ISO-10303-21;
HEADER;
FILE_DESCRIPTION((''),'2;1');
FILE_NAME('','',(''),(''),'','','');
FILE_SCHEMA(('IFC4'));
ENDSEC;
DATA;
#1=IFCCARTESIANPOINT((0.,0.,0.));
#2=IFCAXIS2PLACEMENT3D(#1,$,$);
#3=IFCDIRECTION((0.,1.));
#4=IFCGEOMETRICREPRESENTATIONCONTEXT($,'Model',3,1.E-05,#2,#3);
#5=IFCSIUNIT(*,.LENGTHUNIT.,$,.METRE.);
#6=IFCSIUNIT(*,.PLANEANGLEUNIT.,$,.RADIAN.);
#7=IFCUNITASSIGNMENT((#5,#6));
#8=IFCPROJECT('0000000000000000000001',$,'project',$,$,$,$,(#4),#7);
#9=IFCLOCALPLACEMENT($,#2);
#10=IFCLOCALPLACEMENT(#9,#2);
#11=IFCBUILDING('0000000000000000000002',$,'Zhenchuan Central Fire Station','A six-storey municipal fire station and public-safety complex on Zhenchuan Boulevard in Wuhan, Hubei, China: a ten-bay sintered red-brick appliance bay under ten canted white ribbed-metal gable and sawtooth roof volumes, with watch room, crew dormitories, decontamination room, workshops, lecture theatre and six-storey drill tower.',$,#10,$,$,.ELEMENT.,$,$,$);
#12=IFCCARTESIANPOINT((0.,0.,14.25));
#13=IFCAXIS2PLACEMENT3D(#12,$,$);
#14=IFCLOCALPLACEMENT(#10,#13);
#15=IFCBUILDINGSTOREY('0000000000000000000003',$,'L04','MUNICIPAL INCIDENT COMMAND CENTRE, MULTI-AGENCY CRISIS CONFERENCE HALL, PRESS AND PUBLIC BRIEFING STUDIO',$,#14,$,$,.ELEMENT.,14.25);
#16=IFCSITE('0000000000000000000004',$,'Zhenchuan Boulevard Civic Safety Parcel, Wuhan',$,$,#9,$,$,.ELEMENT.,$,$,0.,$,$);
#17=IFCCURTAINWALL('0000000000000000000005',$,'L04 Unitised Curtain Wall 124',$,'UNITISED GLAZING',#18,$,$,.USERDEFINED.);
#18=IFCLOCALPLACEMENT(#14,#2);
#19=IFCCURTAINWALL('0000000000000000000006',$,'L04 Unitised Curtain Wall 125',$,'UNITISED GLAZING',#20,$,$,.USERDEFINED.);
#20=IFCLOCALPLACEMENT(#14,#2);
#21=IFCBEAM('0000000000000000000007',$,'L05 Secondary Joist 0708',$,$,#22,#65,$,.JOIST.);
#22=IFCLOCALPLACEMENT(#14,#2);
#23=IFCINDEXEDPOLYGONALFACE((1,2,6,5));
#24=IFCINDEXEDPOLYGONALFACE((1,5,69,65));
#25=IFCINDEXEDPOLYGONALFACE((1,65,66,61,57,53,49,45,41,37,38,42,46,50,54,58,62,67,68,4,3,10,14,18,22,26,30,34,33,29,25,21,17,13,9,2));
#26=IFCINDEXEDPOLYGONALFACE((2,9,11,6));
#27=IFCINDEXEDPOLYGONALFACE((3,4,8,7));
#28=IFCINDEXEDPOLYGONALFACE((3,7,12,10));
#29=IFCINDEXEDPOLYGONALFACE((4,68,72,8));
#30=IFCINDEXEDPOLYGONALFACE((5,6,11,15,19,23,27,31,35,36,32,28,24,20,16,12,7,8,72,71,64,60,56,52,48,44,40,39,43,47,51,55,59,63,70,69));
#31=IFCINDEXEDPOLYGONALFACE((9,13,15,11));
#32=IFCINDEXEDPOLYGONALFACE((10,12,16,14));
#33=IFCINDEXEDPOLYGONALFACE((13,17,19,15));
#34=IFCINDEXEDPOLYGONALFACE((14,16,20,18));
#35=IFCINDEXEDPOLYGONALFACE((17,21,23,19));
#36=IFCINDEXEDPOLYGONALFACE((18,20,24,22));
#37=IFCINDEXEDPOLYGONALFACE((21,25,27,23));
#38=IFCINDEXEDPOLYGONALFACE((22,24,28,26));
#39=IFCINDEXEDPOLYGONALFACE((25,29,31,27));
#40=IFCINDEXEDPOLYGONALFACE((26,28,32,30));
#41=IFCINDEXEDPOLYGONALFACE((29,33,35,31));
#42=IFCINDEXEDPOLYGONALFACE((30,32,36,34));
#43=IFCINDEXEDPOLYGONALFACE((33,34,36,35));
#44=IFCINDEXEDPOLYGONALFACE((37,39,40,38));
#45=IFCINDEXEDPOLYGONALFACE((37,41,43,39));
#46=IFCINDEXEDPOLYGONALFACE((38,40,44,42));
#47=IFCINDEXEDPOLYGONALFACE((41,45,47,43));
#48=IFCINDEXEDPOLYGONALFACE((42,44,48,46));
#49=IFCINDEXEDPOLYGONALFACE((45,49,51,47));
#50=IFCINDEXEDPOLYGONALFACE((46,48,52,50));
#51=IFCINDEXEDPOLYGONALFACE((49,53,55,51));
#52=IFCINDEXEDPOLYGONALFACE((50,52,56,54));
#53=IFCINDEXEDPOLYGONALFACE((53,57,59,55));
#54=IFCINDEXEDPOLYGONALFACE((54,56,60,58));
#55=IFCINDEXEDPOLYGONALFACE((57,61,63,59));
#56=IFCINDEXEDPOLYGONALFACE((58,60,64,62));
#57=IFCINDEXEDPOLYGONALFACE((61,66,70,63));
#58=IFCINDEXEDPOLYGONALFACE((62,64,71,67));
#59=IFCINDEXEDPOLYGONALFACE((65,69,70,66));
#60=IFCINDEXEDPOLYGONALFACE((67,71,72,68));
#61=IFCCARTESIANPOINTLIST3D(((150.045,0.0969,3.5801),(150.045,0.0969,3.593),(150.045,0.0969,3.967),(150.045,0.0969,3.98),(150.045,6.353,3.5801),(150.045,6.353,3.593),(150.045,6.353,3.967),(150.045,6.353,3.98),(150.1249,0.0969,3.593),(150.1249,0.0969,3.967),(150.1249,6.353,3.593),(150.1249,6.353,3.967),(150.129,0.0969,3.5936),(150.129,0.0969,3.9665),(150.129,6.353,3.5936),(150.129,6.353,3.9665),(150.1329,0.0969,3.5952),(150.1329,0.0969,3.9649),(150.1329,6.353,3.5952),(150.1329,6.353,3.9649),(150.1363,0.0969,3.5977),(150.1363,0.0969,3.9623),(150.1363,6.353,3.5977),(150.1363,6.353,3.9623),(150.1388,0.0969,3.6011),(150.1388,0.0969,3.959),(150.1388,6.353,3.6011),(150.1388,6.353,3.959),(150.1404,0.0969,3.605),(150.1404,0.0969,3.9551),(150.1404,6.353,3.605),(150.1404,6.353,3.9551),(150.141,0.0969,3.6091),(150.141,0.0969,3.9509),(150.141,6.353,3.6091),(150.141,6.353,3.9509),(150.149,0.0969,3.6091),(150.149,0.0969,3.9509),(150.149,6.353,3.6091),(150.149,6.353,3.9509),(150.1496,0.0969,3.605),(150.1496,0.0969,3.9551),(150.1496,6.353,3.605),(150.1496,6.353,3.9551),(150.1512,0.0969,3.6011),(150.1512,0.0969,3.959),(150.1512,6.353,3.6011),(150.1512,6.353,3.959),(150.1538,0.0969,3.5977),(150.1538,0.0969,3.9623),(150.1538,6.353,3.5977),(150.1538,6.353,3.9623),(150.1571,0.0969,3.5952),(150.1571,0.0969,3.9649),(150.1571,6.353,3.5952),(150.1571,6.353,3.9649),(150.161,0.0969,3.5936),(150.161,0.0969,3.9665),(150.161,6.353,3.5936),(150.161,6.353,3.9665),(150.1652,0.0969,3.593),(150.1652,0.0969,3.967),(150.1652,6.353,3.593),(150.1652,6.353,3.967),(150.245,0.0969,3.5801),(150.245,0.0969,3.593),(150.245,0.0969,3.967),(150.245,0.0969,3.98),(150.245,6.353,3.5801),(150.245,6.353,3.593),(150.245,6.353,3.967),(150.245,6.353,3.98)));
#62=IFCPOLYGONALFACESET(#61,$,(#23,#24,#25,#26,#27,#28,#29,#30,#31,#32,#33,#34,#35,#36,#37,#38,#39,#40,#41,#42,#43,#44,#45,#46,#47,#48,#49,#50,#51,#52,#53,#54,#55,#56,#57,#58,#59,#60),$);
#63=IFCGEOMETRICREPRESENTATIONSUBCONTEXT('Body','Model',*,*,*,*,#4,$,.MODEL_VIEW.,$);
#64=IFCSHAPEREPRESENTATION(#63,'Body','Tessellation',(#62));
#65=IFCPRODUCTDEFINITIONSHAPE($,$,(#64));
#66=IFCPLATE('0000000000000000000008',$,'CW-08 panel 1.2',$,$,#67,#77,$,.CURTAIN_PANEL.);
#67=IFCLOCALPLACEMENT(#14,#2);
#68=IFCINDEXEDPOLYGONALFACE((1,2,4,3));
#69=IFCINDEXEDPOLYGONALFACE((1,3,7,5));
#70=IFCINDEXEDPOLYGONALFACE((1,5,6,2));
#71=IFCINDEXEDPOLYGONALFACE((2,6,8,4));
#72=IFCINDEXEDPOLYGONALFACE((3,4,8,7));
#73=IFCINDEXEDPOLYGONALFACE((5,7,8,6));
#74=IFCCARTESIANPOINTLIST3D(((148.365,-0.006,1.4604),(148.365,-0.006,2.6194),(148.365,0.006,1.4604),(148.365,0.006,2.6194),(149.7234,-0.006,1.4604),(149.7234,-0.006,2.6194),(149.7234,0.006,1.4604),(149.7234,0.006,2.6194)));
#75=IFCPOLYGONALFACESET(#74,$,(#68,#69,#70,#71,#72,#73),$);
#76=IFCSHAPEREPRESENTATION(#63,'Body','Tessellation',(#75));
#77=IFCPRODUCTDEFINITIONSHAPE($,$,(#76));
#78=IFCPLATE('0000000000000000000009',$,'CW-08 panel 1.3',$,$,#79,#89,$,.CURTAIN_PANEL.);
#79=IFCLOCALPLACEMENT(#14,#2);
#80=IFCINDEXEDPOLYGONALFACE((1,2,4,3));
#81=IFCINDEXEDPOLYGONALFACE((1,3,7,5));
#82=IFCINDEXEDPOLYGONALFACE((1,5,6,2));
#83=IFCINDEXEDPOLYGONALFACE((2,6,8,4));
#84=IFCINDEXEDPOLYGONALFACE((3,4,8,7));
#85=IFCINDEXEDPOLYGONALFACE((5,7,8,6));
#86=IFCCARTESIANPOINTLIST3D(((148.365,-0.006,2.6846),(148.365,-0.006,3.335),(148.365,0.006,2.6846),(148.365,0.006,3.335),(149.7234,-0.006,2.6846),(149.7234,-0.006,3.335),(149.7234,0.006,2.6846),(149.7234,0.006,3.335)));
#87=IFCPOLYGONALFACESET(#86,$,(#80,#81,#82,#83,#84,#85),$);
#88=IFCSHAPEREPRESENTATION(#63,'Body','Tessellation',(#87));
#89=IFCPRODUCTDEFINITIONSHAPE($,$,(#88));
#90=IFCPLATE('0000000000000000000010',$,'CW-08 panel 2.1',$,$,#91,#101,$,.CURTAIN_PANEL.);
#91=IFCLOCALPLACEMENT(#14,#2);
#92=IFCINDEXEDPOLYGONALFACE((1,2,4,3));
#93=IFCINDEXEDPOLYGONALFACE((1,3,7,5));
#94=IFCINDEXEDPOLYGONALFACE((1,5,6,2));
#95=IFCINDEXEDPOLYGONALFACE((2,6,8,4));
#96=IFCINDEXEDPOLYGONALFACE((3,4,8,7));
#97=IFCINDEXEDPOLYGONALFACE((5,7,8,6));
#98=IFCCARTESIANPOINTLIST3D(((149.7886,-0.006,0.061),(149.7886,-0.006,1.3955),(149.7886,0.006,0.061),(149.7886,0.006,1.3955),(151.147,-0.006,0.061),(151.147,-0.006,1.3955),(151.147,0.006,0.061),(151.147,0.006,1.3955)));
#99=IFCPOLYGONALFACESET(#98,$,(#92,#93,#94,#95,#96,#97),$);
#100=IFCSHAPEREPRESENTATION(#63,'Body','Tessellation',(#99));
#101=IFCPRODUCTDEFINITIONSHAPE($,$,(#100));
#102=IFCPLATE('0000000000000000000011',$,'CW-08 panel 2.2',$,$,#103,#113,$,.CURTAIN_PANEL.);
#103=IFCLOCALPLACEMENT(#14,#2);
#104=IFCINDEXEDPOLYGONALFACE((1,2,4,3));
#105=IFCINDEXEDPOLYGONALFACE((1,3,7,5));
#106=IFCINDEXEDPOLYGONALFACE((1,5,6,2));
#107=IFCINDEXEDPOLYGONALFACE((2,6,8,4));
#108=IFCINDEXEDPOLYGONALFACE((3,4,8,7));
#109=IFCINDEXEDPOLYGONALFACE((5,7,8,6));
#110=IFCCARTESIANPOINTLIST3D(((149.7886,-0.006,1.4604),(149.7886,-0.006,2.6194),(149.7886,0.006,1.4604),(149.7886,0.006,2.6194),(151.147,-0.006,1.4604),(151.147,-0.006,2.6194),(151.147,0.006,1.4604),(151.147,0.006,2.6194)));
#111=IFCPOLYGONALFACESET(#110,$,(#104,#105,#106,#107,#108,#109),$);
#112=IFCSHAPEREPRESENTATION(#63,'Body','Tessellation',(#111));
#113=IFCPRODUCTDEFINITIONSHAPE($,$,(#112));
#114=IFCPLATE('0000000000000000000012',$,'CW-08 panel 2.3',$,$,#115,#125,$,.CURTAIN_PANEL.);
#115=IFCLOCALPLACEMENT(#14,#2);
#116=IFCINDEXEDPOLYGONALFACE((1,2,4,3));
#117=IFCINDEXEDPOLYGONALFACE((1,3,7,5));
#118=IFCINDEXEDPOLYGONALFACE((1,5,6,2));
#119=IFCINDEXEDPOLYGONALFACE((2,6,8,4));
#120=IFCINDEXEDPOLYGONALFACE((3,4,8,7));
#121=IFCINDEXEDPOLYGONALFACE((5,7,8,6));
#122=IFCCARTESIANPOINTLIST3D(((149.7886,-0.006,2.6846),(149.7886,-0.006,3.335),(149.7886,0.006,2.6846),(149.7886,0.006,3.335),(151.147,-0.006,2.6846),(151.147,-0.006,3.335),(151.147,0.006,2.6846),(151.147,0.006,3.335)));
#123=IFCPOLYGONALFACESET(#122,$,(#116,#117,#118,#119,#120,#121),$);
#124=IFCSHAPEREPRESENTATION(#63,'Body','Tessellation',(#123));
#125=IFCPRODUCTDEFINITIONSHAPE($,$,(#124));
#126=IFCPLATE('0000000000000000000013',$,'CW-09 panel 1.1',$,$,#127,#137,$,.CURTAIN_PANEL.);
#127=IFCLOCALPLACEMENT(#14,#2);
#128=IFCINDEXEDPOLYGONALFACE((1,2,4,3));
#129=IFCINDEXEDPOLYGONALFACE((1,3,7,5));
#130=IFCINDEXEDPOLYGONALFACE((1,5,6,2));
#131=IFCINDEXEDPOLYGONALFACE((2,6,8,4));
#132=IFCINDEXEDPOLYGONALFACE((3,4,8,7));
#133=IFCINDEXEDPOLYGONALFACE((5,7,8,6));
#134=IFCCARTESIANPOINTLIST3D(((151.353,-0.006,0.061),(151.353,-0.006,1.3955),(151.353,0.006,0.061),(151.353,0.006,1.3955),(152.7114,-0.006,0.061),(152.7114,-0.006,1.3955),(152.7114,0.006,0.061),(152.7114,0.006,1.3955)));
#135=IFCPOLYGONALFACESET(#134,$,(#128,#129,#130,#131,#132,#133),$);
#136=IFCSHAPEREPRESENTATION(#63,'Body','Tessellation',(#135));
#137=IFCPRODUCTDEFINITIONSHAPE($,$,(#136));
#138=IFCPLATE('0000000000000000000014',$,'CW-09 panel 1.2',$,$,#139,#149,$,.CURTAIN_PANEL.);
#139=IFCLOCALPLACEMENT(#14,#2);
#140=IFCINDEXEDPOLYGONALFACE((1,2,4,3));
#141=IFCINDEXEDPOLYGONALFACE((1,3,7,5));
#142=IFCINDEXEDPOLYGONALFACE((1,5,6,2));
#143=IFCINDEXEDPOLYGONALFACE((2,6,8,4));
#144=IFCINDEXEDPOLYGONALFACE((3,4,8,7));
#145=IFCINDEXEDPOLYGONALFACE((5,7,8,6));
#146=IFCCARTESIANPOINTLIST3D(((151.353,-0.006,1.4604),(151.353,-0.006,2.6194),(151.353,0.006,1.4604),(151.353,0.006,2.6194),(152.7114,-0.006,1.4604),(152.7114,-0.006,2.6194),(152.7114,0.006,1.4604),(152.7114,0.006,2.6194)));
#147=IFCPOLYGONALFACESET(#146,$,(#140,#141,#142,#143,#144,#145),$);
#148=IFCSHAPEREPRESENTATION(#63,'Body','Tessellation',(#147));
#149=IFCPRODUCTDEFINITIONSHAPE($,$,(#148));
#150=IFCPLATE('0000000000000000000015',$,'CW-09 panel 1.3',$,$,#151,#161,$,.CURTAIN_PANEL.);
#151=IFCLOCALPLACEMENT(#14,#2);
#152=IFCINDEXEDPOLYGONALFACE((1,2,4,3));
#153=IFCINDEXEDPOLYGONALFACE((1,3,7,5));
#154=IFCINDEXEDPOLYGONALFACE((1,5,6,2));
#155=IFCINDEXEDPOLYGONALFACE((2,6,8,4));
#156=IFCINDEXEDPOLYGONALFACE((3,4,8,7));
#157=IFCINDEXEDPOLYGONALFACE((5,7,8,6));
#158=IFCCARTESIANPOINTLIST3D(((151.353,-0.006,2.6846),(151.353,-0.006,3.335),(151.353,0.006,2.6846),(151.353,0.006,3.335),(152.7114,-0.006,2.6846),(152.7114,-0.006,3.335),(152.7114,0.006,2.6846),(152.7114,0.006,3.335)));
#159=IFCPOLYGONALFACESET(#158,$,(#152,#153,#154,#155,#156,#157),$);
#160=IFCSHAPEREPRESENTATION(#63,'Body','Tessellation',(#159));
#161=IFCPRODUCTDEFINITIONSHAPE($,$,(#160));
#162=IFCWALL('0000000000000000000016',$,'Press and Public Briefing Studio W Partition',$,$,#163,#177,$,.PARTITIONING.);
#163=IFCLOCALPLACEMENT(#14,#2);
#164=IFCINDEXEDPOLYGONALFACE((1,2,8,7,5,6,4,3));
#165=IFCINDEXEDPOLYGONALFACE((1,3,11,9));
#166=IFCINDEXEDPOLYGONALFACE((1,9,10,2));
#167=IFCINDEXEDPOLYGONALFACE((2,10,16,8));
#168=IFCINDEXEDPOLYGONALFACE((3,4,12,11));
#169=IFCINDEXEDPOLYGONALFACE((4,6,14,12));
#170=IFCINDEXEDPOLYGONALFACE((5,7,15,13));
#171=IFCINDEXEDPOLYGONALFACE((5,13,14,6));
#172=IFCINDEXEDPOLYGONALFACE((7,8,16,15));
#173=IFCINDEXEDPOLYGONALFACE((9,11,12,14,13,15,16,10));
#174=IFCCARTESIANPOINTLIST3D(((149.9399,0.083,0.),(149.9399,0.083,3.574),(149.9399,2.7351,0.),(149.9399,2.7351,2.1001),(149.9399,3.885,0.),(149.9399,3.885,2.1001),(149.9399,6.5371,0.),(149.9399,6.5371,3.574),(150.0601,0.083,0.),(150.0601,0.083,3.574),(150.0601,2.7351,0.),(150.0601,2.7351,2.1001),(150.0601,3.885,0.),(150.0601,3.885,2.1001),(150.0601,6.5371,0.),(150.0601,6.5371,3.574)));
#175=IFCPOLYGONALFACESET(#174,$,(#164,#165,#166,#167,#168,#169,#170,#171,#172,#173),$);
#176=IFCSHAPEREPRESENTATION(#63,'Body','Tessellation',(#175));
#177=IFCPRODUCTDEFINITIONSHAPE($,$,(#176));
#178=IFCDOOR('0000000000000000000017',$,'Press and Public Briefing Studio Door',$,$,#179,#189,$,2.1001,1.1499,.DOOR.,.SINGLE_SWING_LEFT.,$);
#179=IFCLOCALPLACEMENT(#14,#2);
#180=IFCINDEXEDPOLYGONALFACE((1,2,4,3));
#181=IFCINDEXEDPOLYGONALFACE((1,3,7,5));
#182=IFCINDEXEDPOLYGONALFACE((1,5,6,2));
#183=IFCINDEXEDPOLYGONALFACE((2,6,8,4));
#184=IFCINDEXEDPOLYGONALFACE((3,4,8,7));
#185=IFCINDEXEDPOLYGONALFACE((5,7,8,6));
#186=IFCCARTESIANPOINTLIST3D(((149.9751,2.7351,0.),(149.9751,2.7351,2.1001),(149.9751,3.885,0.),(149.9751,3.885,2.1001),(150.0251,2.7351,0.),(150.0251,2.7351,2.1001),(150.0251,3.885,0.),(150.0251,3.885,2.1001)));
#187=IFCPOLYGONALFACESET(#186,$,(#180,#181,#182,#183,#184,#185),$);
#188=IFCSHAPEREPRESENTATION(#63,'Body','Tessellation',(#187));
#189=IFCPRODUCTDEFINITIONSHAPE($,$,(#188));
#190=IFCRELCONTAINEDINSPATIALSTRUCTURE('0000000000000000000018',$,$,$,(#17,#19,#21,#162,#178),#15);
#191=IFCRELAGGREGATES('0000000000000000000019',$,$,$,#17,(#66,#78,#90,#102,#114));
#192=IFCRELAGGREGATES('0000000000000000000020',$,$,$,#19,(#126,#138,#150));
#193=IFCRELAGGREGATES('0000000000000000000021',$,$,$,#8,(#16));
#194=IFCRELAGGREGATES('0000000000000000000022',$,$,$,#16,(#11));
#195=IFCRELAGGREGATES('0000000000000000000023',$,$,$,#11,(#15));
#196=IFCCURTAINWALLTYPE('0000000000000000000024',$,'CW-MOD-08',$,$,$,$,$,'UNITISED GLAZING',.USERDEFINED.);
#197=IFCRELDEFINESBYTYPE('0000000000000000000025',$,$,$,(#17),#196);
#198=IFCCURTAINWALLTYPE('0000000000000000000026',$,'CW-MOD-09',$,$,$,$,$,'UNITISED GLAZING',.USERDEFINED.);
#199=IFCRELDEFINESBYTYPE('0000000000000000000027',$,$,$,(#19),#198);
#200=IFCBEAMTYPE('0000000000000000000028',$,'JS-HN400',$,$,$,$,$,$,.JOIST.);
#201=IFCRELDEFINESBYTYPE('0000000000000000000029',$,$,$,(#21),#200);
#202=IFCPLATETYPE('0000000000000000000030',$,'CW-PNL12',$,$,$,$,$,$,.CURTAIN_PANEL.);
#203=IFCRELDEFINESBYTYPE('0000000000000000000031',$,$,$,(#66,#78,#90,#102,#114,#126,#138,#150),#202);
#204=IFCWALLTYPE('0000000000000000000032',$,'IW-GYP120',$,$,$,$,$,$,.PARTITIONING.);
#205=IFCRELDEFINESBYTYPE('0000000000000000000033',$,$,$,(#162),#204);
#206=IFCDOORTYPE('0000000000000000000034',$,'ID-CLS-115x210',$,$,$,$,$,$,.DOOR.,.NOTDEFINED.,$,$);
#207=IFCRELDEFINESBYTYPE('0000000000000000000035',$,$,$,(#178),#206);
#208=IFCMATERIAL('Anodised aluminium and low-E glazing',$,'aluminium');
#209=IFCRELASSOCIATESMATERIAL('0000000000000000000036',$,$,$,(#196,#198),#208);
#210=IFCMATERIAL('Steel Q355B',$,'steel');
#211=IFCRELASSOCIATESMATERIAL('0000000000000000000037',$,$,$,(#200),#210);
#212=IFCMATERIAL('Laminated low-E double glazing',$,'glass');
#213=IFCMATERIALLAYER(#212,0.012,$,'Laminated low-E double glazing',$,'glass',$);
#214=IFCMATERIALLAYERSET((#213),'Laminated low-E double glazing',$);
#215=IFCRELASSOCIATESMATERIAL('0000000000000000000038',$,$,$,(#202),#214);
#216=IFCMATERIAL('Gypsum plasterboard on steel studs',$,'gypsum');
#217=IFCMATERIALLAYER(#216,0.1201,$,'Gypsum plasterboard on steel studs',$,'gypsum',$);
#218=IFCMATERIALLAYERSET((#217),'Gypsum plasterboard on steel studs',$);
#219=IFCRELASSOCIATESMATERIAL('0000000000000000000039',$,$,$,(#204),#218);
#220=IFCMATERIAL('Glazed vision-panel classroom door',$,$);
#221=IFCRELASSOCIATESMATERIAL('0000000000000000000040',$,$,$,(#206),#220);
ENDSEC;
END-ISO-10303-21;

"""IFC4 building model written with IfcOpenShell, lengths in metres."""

from ifc_helpers import new_model, si_unit, direction, frame, frame_2d, origin, origin_2d, place, context, subcontext, project, spatial, rectangle, i_section, extrude, material, layer, layer_set, material_profile, profile_set, type_object, element, fill, aggregate, save


model = new_model("IFC4")

# Units and contexts
model_context = context("Model", 3, precision=1e-05, world=origin(), true_north=direction((0.0, 1.0)))
body_context = subcontext(model_context, "Body", "Model", "MODEL_VIEW")
ifc_project = project(units=[si_unit("LENGTHUNIT", "METRE"), si_unit("PLANEANGLEUNIT", "RADIAN")], contexts=[model_context])

# Site, building, storey
site_placement = place(None, origin())
site = spatial("IfcSite", under=ifc_project, at=site_placement, Name="Zhenchuan Boulevard Civic Safety Parcel, Wuhan", CompositionType="ELEMENT", RefElevation=0.0)
building_placement = place(site_placement, origin())
building = spatial("IfcBuilding", under=site, at=building_placement, Name="Zhenchuan Central Fire Station", Description="A six-storey municipal fire station and public-safety complex on Zhenchuan Boulevard in Wuhan, Hubei, China: a ten-bay sintered red-brick appliance bay under ten canted white ribbed-metal gable and sawtooth roof volumes, with watch room, crew dormitories, decontamination room, workshops, lecture theatre and six-storey drill tower.", CompositionType="ELEMENT")
storey_placement = place(building_placement, frame((0.0, 0.0, 14.25)))
storey = spatial("IfcBuildingStorey", under=building, at=storey_placement, Name="L04", Description="MUNICIPAL INCIDENT COMMAND CENTRE, MULTI-AGENCY CRISIS CONFERENCE HALL, PRESS AND PUBLIC BRIEFING STUDIO", CompositionType="ELEMENT", Elevation=14.25)

# Curtain walls
ifc_material_1 = material(Name="Anodised aluminium and low-E glazing", Category="aluminium")
curtain_wall_type_1 = type_object("IfcCurtainWallType", Name="CW-MOD-08", ElementType="UNITISED GLAZING", PredefinedType="USERDEFINED", material=ifc_material_1)
curtain_wall_1_placement = place(storey_placement, origin())
curtain_wall_1 = element("IfcCurtainWall", 1, at=curtain_wall_1_placement, inside=storey, type_object=curtain_wall_type_1, Name="L04 Unitised Curtain Wall 124", ObjectType="UNITISED GLAZING", PredefinedType="USERDEFINED")
curtain_wall_type_2 = type_object("IfcCurtainWallType", Name="CW-MOD-09", ElementType="UNITISED GLAZING", PredefinedType="USERDEFINED", material=ifc_material_1)
curtain_wall_2_placement = place(storey_placement, origin())
curtain_wall_2 = element("IfcCurtainWall", 2, at=curtain_wall_2_placement, inside=storey, type_object=curtain_wall_type_2, Name="L04 Unitised Curtain Wall 125", ObjectType="UNITISED GLAZING", PredefinedType="USERDEFINED")

# Beam
ifc_material_2 = material(Name="Steel Q355B", Category="steel")
ifc_material_profile_1 = material_profile(ifc_material_2, i_section(OverallWidth=0.2, OverallDepth=0.3999, WebThickness=0.0081, FlangeThickness=0.0129, FilletRadius=0.0161, at=origin_2d()), Name="HN 400x200")
ifc_profile_set_1 = profile_set([ifc_material_profile_1], Name="Steel Q355B")
beam_type_1 = type_object("IfcBeamType", Name="JS-HN400", PredefinedType="JOIST", material=ifc_profile_set_1)
beam_1_placement = place(storey_placement, frame((150.145, 0.0969, 3.78), z_axis=(0.0, 1.0, 0.0), x_axis=(-1.0, 0.0, 0.0)))
element("IfcBeam", 3, at=beam_1_placement, inside=storey, type_object=beam_type_1, Name="L05 Secondary Joist 0708", PredefinedType="JOIST", context=body_context, shape_type="SweptSolid", body=[
    extrude(i_section(OverallWidth=0.2, OverallDepth=0.3999, WebThickness=0.0081, FlangeThickness=0.0129, FilletRadius=0.0161, at=origin_2d()), origin(), (0.0, 0.0, 1.0), 6.2561),
])

# Plates
ifc_material_3 = material(Name="Laminated low-E double glazing", Category="glass")
ifc_layer_1 = layer(ifc_material_3, 0.012, Name="Laminated low-E double glazing", Category="glass")
ifc_layer_set_1 = layer_set([ifc_layer_1], Name="Laminated low-E double glazing")
plate_type = type_object("IfcPlateType", Name="CW-PNL12", PredefinedType="CURTAIN_PANEL", material=ifc_layer_set_1)
plate_1_placement = place(storey_placement, frame((149.0442, 0.0, 1.4604), z_axis=(0.0, 0.0, 1.0), x_axis=(1.0, 0.0, 0.0)))
plate_1 = element("IfcPlate", 4, at=plate_1_placement, type_object=plate_type, Name="CW-08 panel 1.2", PredefinedType="CURTAIN_PANEL", context=body_context, shape_type="SweptSolid", body=[
    extrude(rectangle(XDim=1.3584, YDim=0.012, at=origin_2d()), origin(), (0.0, 0.0, 1.0), 1.1589),
])
plate_2_placement = place(storey_placement, frame((149.0442, 0.0, 2.6846), z_axis=(0.0, 0.0, 1.0), x_axis=(1.0, 0.0, 0.0)))
plate_2 = element("IfcPlate", 5, at=plate_2_placement, type_object=plate_type, Name="CW-08 panel 1.3", PredefinedType="CURTAIN_PANEL", context=body_context, shape_type="SweptSolid", body=[
    extrude(rectangle(XDim=1.3584, YDim=0.012, at=origin_2d()), origin(), (0.0, 0.0, 1.0), 0.6504),
])
plate_3_placement = place(storey_placement, frame((150.4678, 0.0, 0.061), z_axis=(0.0, 0.0, 1.0), x_axis=(1.0, 0.0, 0.0)))
plate_3 = element("IfcPlate", 6, at=plate_3_placement, type_object=plate_type, Name="CW-08 panel 2.1", PredefinedType="CURTAIN_PANEL", context=body_context, shape_type="SweptSolid", body=[
    extrude(rectangle(XDim=1.3584, YDim=0.012, at=origin_2d()), origin(), (0.0, 0.0, 1.0), 1.3345),
])
plate_4_placement = place(storey_placement, frame((150.4678, 0.0, 1.4604), z_axis=(0.0, 0.0, 1.0), x_axis=(1.0, 0.0, 0.0)))
plate_4 = element("IfcPlate", 7, at=plate_4_placement, type_object=plate_type, Name="CW-08 panel 2.2", PredefinedType="CURTAIN_PANEL", context=body_context, shape_type="SweptSolid", body=[
    extrude(rectangle(XDim=1.3584, YDim=0.012, at=origin_2d()), origin(), (0.0, 0.0, 1.0), 1.1589),
])
plate_5_placement = place(storey_placement, frame((150.4678, 0.0, 2.6846), z_axis=(0.0, 0.0, 1.0), x_axis=(1.0, 0.0, 0.0)))
plate_5 = element("IfcPlate", 8, at=plate_5_placement, type_object=plate_type, Name="CW-08 panel 2.3", PredefinedType="CURTAIN_PANEL", context=body_context, shape_type="SweptSolid", body=[
    extrude(rectangle(XDim=1.3584, YDim=0.012, at=origin_2d()), origin(), (0.0, 0.0, 1.0), 0.6504),
])
aggregate(curtain_wall_1, [plate_1, plate_2, plate_3, plate_4, plate_5])
plate_6_placement = place(storey_placement, frame((152.0322, 0.0, 0.061), z_axis=(0.0, 0.0, 1.0), x_axis=(1.0, 0.0, 0.0)))
plate_6 = element("IfcPlate", 9, at=plate_6_placement, type_object=plate_type, Name="CW-09 panel 1.1", PredefinedType="CURTAIN_PANEL", context=body_context, shape_type="SweptSolid", body=[
    extrude(rectangle(XDim=1.3584, YDim=0.012, at=origin_2d()), origin(), (0.0, 0.0, 1.0), 1.3345),
])
plate_7_placement = place(storey_placement, frame((152.0322, 0.0, 1.4604), z_axis=(0.0, 0.0, 1.0), x_axis=(1.0, 0.0, 0.0)))
plate_7 = element("IfcPlate", 10, at=plate_7_placement, type_object=plate_type, Name="CW-09 panel 1.2", PredefinedType="CURTAIN_PANEL", context=body_context, shape_type="SweptSolid", body=[
    extrude(rectangle(XDim=1.3584, YDim=0.012, at=origin_2d()), origin(), (0.0, 0.0, 1.0), 1.1589),
])
plate_8_placement = place(storey_placement, frame((152.0322, 0.0, 2.6846), z_axis=(0.0, 0.0, 1.0), x_axis=(1.0, 0.0, 0.0)))
plate_8 = element("IfcPlate", 11, at=plate_8_placement, type_object=plate_type, Name="CW-09 panel 1.3", PredefinedType="CURTAIN_PANEL", context=body_context, shape_type="SweptSolid", body=[
    extrude(rectangle(XDim=1.3584, YDim=0.012, at=origin_2d()), origin(), (0.0, 0.0, 1.0), 0.6504),
])
aggregate(curtain_wall_2, [plate_6, plate_7, plate_8])

# Wall, opening, door
ifc_material_4 = material(Name="Gypsum plasterboard on steel studs", Category="gypsum")
ifc_layer_2 = layer(ifc_material_4, 0.1201, Name="Gypsum plasterboard on steel studs", Category="gypsum")
ifc_layer_set_2 = layer_set([ifc_layer_2], Name="Gypsum plasterboard on steel studs")
wall_type = type_object("IfcWallType", Name="IW-GYP120", PredefinedType="PARTITIONING", material=ifc_layer_set_2)
wall_placement = place(storey_placement, frame((150.0, 0.083, 0.0), z_axis=(0.0, 0.0, 1.0), x_axis=(0.0, 1.0, 0.0)))
wall = element("IfcWall", 12, at=wall_placement, inside=storey, type_object=wall_type, Name="Press and Public Briefing Studio W Partition", PredefinedType="PARTITIONING", context=body_context, shape_type="SweptSolid", body=[
    extrude(rectangle(XDim=6.4541, YDim=0.1201, at=frame_2d((3.2271, 0.0))), origin(), (0.0, 0.0, 1.0), 3.574),
])
opening_placement = place(wall_placement, frame((2.6521, 0.0, 0.0)))
opening = element("IfcOpeningElement", 13, at=opening_placement, cuts=wall, PredefinedType="OPENING", context=body_context, shape_type="SweptSolid", body=[
    extrude(rectangle(XDim=1.1499, YDim=2.1001, at=frame_2d((0.575, 1.05))), frame((0.0, 0.0701, 0.0), z_axis=(0.0, -1.0, 0.0), x_axis=(1.0, 0.0, 0.0)), (0.0, 0.0, 1.0), 0.1401),
])
ifc_material_5 = material(Name="Glazed vision-panel classroom door")
door_type = type_object("IfcDoorType", Name="ID-CLS-115x210", OperationType="NOTDEFINED", PredefinedType="DOOR", material=ifc_material_5)
door_placement = place(opening_placement, origin())
door = element("IfcDoor", 14, at=door_placement, inside=storey, type_object=door_type, Name="Press and Public Briefing Studio Door", OperationType="SINGLE_SWING_LEFT", OverallHeight=2.1001, OverallWidth=1.1499, PredefinedType="DOOR", context=body_context, shape_type="SweptSolid", body=[
    extrude(rectangle(XDim=1.1499, YDim=2.1001, at=frame_2d((0.575, 1.05))), frame((0.0, 0.0249, 0.0), z_axis=(0.0, -1.0, 0.0), x_axis=(1.0, 0.0, 0.0)), (0.0, 0.0, 1.0), 0.05),
])
fill(opening, door)

save(model, "model.ifc")
